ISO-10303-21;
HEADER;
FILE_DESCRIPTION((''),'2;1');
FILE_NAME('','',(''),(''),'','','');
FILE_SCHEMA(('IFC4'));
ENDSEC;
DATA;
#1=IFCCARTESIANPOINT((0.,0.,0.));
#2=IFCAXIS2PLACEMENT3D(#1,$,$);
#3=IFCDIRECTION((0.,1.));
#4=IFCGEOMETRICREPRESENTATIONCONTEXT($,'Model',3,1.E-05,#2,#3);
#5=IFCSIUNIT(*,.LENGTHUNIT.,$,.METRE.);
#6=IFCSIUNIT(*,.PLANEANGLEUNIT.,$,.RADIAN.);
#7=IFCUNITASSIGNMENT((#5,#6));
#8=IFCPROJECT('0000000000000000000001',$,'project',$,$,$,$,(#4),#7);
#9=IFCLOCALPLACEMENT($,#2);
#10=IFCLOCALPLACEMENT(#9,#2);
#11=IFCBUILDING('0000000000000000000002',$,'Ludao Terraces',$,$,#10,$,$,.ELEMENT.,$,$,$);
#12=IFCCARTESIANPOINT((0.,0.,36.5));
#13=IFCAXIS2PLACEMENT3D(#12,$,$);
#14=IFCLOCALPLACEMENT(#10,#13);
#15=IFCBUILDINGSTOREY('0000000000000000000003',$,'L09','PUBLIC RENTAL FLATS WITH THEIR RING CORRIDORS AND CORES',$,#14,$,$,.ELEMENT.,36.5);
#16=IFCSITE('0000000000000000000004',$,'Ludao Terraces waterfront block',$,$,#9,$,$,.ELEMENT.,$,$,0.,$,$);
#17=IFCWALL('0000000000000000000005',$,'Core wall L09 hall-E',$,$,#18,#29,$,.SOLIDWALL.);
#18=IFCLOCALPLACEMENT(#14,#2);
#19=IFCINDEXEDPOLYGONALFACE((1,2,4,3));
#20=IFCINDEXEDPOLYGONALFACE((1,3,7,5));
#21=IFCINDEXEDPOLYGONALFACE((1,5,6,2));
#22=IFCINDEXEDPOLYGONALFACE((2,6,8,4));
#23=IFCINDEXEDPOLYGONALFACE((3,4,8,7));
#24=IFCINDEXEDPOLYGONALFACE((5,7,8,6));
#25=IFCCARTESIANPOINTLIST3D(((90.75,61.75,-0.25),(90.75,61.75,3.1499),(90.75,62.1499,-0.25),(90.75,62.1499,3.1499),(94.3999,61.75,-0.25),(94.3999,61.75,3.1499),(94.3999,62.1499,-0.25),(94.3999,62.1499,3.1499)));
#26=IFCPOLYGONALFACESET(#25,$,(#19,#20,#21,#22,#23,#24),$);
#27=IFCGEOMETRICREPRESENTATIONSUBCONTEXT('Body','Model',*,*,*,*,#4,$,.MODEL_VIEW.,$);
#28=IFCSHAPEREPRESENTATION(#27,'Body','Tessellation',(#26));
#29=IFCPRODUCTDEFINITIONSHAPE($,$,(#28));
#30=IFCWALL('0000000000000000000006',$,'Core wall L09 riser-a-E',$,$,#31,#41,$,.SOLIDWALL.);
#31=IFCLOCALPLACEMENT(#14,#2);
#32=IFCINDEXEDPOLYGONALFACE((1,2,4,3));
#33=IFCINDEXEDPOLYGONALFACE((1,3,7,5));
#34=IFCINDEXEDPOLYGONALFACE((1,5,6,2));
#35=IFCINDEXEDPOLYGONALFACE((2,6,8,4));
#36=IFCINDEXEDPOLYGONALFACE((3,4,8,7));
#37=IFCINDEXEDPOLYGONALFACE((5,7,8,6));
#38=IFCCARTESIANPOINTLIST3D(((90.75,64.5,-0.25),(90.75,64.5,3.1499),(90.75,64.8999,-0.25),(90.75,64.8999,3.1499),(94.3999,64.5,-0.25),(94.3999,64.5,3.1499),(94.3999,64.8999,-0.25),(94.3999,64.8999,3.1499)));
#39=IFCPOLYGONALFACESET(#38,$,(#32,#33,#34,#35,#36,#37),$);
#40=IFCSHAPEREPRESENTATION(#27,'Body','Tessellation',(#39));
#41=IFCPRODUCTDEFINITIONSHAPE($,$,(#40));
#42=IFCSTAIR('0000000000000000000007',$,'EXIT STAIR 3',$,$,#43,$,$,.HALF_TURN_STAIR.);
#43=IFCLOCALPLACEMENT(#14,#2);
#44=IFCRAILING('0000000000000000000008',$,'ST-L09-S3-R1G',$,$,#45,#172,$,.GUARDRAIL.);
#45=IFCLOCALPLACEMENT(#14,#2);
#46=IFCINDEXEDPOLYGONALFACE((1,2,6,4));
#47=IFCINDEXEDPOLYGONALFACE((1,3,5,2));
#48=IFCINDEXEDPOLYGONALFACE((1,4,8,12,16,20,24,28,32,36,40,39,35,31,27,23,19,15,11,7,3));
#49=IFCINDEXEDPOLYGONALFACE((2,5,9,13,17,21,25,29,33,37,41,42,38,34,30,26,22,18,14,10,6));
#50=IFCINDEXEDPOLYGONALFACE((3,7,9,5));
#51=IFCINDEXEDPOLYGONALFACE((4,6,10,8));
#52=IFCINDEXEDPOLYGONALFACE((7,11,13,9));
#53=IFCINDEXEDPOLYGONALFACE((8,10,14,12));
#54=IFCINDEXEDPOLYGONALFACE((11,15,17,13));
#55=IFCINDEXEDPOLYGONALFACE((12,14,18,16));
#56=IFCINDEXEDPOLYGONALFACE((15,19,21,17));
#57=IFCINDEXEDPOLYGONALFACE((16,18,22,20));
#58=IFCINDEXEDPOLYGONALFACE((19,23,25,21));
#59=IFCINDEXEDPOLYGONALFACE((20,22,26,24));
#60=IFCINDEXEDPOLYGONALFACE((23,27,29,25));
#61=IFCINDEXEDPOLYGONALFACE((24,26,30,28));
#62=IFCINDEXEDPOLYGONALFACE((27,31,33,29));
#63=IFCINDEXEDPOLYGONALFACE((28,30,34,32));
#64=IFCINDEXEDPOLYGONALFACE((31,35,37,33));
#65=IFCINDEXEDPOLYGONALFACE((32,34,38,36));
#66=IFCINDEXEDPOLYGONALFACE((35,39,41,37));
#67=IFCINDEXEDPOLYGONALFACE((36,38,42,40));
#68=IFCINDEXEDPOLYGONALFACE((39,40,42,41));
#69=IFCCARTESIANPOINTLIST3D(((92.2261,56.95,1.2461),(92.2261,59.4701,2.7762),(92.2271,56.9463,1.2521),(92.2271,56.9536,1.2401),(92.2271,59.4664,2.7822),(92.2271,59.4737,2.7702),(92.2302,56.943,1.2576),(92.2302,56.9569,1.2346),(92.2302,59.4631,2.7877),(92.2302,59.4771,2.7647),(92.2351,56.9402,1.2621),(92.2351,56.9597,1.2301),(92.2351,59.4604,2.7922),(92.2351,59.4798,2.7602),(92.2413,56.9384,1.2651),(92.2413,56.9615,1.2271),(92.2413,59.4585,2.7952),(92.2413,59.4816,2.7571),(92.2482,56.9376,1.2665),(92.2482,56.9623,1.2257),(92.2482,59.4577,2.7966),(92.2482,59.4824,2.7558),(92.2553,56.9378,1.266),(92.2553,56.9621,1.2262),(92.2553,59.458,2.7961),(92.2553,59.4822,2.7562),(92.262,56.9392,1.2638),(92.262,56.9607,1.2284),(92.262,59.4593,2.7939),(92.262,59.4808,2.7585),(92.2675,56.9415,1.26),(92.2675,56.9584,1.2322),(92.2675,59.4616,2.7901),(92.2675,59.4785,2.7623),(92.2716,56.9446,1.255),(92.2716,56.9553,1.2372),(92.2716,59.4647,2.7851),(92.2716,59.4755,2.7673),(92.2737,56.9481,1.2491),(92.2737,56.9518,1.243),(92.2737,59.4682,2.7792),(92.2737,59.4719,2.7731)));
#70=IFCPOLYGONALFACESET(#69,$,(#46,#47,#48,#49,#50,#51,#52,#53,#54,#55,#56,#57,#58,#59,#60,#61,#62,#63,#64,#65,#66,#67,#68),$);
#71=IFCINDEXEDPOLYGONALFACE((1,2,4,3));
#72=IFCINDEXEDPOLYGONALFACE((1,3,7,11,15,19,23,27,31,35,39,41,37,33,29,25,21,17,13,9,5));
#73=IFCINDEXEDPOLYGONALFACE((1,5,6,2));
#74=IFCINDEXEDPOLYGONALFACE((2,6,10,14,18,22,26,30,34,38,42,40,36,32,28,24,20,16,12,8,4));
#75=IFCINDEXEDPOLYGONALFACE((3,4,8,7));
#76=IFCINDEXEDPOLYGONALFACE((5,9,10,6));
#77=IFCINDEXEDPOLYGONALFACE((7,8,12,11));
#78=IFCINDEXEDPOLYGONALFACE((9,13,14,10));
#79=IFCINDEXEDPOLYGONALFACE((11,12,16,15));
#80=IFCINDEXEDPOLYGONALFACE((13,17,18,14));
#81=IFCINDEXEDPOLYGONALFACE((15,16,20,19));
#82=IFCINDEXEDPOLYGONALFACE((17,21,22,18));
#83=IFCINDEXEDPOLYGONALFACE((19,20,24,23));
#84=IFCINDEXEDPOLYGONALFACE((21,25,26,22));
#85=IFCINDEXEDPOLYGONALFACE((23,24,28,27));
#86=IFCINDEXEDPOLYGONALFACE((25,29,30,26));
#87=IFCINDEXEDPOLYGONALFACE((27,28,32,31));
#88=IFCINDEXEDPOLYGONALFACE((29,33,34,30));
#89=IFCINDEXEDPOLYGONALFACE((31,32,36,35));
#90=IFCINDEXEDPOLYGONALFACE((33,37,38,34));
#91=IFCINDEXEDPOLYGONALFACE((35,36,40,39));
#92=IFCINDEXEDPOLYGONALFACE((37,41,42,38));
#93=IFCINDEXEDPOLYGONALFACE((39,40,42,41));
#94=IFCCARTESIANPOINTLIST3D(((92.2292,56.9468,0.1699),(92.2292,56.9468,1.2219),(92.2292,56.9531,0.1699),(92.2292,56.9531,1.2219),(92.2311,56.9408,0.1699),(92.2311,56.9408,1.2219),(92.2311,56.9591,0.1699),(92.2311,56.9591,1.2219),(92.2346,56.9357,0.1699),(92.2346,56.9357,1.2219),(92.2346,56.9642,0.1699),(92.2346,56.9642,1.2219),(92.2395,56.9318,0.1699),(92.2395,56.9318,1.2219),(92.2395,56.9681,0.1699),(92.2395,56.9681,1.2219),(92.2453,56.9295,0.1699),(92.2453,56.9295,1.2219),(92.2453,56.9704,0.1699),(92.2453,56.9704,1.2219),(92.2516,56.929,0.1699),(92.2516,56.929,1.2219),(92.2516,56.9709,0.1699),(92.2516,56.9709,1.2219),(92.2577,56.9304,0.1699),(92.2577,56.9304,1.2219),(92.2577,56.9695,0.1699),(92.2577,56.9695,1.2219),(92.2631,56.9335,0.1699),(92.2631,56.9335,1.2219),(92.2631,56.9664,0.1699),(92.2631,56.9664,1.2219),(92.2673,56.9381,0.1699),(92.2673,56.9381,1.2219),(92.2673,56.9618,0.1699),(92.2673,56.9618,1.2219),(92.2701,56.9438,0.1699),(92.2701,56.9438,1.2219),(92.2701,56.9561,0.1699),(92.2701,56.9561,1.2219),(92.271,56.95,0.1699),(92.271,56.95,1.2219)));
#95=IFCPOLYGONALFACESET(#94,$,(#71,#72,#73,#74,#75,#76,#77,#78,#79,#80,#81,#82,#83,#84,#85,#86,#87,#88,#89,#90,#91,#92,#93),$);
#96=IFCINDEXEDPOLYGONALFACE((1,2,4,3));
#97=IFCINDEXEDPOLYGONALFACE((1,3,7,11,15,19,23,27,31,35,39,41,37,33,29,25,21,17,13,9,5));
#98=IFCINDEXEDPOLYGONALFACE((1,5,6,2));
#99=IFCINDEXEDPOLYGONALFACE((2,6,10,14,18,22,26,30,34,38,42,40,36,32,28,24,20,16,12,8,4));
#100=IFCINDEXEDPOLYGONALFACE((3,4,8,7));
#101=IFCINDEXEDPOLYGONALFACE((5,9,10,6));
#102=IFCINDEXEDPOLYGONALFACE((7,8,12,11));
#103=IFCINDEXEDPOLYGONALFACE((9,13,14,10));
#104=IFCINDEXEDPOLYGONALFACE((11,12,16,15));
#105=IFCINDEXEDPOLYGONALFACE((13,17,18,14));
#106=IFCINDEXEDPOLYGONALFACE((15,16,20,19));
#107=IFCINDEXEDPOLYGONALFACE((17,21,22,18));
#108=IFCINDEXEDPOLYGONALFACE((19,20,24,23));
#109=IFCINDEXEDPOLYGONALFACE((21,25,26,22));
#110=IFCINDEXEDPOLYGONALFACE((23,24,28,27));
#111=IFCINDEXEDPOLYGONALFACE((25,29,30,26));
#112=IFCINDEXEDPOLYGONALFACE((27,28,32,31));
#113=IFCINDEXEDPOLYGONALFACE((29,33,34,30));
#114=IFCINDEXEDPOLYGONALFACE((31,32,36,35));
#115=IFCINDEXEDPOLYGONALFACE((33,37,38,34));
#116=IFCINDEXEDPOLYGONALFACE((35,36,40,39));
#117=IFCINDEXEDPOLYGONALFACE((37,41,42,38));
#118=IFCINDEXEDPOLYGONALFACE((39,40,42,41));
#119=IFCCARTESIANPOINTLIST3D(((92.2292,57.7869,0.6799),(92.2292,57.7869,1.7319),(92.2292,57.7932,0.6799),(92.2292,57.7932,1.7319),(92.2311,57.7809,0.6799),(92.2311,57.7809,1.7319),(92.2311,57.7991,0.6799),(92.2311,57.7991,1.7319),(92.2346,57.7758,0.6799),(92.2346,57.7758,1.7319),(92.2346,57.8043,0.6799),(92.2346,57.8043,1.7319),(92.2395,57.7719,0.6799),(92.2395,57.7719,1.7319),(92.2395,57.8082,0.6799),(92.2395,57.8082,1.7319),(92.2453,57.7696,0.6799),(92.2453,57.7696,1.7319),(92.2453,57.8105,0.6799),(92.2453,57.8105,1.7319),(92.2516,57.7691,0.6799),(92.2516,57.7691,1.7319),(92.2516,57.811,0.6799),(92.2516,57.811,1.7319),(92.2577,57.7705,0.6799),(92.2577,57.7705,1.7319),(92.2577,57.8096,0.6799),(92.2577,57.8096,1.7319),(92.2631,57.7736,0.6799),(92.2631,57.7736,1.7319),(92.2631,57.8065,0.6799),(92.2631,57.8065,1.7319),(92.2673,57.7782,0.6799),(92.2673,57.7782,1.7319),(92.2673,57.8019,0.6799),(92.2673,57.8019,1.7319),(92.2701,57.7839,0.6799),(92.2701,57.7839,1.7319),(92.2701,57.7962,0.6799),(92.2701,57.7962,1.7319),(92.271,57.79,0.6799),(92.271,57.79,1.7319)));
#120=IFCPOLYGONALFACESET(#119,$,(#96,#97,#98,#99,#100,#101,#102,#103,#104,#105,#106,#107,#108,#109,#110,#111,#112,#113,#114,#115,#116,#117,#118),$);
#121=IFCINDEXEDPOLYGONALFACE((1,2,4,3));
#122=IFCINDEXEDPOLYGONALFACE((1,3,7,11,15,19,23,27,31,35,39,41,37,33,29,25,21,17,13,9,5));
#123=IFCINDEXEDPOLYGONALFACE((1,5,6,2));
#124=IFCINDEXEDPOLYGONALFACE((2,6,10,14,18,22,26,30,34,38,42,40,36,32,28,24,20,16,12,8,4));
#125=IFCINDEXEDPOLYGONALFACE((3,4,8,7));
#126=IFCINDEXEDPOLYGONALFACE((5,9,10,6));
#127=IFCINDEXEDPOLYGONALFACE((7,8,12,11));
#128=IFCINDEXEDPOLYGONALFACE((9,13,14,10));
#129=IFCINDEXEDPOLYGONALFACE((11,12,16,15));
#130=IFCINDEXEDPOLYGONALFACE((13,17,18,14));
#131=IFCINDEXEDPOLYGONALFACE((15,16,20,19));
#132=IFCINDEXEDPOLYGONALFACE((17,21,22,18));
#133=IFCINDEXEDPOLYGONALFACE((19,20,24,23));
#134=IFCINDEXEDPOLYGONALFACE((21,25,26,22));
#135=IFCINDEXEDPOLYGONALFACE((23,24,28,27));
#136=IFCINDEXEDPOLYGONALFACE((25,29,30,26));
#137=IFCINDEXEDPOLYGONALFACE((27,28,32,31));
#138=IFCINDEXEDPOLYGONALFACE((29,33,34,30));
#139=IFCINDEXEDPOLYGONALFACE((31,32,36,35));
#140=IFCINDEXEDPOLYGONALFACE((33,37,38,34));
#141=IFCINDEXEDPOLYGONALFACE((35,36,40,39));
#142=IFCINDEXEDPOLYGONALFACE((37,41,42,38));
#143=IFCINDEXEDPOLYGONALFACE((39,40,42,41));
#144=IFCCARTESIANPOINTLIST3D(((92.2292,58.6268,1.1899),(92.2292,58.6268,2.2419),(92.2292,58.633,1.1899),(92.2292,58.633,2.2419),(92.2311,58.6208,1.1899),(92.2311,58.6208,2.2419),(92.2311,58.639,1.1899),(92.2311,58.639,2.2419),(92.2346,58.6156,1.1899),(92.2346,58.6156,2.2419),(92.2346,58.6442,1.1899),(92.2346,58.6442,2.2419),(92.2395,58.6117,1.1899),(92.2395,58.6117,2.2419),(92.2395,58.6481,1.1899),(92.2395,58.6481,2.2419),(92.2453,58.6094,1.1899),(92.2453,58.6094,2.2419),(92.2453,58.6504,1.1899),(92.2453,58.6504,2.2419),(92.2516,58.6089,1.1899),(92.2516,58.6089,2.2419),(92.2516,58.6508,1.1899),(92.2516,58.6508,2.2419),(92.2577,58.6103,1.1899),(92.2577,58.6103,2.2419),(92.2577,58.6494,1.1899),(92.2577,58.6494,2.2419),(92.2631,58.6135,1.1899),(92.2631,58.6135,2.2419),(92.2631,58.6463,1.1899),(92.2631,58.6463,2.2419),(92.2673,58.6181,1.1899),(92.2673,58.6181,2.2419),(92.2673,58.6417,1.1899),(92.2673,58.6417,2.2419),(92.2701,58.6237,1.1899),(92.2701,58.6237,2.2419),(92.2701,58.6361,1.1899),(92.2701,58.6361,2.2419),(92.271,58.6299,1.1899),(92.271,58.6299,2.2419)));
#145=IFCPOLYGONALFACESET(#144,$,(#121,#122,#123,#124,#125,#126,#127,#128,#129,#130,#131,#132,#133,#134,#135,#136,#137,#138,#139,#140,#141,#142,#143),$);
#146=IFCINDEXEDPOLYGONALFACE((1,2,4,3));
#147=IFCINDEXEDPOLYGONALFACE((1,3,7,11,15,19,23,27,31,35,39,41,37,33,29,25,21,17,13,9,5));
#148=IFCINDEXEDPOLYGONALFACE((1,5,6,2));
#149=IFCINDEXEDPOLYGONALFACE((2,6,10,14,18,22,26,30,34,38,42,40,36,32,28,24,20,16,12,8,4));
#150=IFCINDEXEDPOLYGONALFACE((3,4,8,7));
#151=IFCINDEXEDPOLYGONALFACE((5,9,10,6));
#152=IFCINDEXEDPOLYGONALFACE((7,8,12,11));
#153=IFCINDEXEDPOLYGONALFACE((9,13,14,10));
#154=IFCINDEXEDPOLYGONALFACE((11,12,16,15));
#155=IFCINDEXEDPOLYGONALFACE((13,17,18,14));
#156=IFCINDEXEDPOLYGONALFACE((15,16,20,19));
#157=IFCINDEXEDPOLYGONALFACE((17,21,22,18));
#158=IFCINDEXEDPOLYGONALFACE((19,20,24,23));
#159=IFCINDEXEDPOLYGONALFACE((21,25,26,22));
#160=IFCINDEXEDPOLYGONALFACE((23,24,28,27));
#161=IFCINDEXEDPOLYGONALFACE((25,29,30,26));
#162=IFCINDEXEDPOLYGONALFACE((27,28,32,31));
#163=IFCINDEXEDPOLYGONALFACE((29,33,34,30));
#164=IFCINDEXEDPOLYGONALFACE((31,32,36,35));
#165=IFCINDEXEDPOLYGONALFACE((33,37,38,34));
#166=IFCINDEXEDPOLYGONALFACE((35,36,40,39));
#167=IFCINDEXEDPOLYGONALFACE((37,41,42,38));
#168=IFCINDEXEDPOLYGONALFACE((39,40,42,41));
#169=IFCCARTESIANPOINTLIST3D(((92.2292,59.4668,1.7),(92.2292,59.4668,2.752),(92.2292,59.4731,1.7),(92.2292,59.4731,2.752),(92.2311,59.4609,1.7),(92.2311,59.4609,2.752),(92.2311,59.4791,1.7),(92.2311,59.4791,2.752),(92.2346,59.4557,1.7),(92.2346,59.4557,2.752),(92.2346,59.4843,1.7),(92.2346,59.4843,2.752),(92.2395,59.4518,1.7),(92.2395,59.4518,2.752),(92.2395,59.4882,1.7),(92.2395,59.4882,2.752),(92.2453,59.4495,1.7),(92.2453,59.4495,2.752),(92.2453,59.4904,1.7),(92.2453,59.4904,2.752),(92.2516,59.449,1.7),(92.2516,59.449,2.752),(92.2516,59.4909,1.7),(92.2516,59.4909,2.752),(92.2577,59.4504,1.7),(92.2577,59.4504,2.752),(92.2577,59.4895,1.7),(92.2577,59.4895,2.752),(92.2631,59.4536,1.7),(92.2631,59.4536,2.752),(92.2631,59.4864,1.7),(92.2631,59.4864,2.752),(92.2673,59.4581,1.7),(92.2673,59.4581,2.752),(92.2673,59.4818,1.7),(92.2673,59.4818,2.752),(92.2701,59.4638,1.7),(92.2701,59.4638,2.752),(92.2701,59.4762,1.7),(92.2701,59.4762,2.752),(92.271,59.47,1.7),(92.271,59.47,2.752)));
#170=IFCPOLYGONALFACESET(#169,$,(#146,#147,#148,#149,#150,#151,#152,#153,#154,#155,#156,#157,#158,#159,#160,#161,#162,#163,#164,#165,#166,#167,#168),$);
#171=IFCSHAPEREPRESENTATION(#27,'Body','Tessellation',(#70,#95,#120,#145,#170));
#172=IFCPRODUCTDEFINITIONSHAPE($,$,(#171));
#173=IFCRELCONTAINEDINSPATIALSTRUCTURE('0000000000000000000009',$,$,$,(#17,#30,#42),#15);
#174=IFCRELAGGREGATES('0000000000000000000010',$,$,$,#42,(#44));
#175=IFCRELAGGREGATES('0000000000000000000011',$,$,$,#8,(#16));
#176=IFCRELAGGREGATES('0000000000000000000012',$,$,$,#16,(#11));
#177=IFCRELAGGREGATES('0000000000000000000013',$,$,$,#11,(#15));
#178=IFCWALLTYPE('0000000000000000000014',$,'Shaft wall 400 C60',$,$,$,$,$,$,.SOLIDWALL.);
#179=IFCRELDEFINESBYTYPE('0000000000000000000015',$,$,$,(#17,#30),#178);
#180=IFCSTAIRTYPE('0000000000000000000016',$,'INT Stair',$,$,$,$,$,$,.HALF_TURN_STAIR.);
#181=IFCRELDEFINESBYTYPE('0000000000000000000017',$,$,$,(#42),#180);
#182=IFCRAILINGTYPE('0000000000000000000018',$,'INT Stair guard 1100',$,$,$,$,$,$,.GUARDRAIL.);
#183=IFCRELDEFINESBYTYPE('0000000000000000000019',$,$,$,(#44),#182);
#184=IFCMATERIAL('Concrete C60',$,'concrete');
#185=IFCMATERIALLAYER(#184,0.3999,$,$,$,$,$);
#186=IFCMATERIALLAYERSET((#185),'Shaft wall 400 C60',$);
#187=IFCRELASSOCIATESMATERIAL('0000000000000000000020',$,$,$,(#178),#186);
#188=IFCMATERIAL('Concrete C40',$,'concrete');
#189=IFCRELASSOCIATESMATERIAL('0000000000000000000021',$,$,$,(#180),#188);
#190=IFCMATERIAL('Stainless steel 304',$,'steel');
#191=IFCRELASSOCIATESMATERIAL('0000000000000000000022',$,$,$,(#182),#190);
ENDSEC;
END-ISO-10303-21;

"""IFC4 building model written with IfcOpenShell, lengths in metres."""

from ifc_helpers import new_model, si_unit, direction, frame, frame_2d, origin, origin_2d, place, context, subcontext, project, spatial, rectangle, circle, extrude, material, layer, layer_set, type_object, element, aggregate, save


model = new_model("IFC4")

# Units and contexts
model_context = context("Model", 3, precision=1e-05, world=origin(), true_north=direction((0.0, 1.0)))
body_context = subcontext(model_context, "Body", "Model", "MODEL_VIEW")
ifc_project = project(units=[si_unit("LENGTHUNIT", "METRE"), si_unit("PLANEANGLEUNIT", "RADIAN")], contexts=[model_context])

# Site, building, storey
site_placement = place(None, origin())
site = spatial("IfcSite", under=ifc_project, at=site_placement, Name="Ludao Terraces waterfront block", CompositionType="ELEMENT", RefElevation=0.0)
building_placement = place(site_placement, origin())
building = spatial("IfcBuilding", under=site, at=building_placement, Name="Ludao Terraces", CompositionType="ELEMENT")
storey_placement = place(building_placement, frame((0.0, 0.0, 36.5)))
storey = spatial("IfcBuildingStorey", under=building, at=storey_placement, Name="L09", Description="PUBLIC RENTAL FLATS WITH THEIR RING CORRIDORS AND CORES", CompositionType="ELEMENT", Elevation=36.5)

# Walls
ifc_material_1 = material(Name="Concrete C60", Category="concrete")
ifc_layer_1 = layer(ifc_material_1, 0.3999)
ifc_layer_set_1 = layer_set([ifc_layer_1], Name="Shaft wall 400 C60")
wall_type_1 = type_object("IfcWallType", Name="Shaft wall 400 C60", PredefinedType="SOLIDWALL", material=ifc_layer_set_1)
for number, where, z_axis, x_axis, name in (
    (1, (90.75, 61.95, -0.25), (0.0, 0.0, 1.0), (1.0, 0.0, 0.0), "Core wall L09 hall-E"),
    (2, (90.75, 64.7, -0.25), (0.0, 0.0, 1.0), (1.0, 0.0, 0.0), "Core wall L09 riser-a-E"),
):
    element("IfcWall", number, at=place(storey_placement, frame(where, z_axis=z_axis, x_axis=x_axis)), inside=storey, type_object=wall_type_1, Name=name, PredefinedType="SOLIDWALL", context=body_context, shape_type="SweptSolid", body=[
        extrude(rectangle(XDim=3.6499, YDim=0.3999, at=frame_2d((1.825, 0.0))), origin(), (0.0, 0.0, 1.0), 3.3999),
    ])

# Stair, railing
ifc_material_2 = material(Name="Concrete C40", Category="concrete")
stair_type = type_object("IfcStairType", Name="INT Stair", PredefinedType="HALF_TURN_STAIR", material=ifc_material_2)
stair_placement = place(storey_placement, origin())
stair = element("IfcStair", 3, at=stair_placement, inside=storey, type_object=stair_type, Name="EXIT STAIR 3", PredefinedType="HALF_TURN_STAIR")
ifc_material_3 = material(Name="Stainless steel 304", Category="steel")
railing_type_1 = type_object("IfcRailingType", Name="INT Stair guard 1100", PredefinedType="GUARDRAIL", material=ifc_material_3)
railing_1_placement = place(storey_placement, frame((92.25, 56.95, 0.1699)))
railing_1 = element("IfcRailing", 4, at=railing_1_placement, type_object=railing_type_1, Name="ST-L09-S3-R1G", PredefinedType="GUARDRAIL", context=body_context, shape_type="SweptSolid", body=[
    extrude(circle(Radius=0.0239, at=origin_2d()), frame((0.0, 0.0, 1.0762), z_axis=(0.0, 0.854785, 0.518982), x_axis=(-1.0, 0.0, 0.0)), (0.0, 0.0, 1.0), 2.9482),
    extrude(circle(Radius=0.021, at=origin_2d()), origin(), (0.0, 0.0, 1.0), 1.052),
    extrude(circle(Radius=0.021, at=origin_2d()), frame((0.0, 0.8401, 0.51)), (0.0, 0.0, 1.0), 1.052),
    extrude(circle(Radius=0.021, at=origin_2d()), frame((0.0, 1.6799, 1.02)), (0.0, 0.0, 1.0), 1.052),
    extrude(circle(Radius=0.021, at=origin_2d()), frame((0.0, 2.52, 1.53)), (0.0, 0.0, 1.0), 1.052),
])
aggregate(stair, [railing_1])

save(model, "model.ifc")
